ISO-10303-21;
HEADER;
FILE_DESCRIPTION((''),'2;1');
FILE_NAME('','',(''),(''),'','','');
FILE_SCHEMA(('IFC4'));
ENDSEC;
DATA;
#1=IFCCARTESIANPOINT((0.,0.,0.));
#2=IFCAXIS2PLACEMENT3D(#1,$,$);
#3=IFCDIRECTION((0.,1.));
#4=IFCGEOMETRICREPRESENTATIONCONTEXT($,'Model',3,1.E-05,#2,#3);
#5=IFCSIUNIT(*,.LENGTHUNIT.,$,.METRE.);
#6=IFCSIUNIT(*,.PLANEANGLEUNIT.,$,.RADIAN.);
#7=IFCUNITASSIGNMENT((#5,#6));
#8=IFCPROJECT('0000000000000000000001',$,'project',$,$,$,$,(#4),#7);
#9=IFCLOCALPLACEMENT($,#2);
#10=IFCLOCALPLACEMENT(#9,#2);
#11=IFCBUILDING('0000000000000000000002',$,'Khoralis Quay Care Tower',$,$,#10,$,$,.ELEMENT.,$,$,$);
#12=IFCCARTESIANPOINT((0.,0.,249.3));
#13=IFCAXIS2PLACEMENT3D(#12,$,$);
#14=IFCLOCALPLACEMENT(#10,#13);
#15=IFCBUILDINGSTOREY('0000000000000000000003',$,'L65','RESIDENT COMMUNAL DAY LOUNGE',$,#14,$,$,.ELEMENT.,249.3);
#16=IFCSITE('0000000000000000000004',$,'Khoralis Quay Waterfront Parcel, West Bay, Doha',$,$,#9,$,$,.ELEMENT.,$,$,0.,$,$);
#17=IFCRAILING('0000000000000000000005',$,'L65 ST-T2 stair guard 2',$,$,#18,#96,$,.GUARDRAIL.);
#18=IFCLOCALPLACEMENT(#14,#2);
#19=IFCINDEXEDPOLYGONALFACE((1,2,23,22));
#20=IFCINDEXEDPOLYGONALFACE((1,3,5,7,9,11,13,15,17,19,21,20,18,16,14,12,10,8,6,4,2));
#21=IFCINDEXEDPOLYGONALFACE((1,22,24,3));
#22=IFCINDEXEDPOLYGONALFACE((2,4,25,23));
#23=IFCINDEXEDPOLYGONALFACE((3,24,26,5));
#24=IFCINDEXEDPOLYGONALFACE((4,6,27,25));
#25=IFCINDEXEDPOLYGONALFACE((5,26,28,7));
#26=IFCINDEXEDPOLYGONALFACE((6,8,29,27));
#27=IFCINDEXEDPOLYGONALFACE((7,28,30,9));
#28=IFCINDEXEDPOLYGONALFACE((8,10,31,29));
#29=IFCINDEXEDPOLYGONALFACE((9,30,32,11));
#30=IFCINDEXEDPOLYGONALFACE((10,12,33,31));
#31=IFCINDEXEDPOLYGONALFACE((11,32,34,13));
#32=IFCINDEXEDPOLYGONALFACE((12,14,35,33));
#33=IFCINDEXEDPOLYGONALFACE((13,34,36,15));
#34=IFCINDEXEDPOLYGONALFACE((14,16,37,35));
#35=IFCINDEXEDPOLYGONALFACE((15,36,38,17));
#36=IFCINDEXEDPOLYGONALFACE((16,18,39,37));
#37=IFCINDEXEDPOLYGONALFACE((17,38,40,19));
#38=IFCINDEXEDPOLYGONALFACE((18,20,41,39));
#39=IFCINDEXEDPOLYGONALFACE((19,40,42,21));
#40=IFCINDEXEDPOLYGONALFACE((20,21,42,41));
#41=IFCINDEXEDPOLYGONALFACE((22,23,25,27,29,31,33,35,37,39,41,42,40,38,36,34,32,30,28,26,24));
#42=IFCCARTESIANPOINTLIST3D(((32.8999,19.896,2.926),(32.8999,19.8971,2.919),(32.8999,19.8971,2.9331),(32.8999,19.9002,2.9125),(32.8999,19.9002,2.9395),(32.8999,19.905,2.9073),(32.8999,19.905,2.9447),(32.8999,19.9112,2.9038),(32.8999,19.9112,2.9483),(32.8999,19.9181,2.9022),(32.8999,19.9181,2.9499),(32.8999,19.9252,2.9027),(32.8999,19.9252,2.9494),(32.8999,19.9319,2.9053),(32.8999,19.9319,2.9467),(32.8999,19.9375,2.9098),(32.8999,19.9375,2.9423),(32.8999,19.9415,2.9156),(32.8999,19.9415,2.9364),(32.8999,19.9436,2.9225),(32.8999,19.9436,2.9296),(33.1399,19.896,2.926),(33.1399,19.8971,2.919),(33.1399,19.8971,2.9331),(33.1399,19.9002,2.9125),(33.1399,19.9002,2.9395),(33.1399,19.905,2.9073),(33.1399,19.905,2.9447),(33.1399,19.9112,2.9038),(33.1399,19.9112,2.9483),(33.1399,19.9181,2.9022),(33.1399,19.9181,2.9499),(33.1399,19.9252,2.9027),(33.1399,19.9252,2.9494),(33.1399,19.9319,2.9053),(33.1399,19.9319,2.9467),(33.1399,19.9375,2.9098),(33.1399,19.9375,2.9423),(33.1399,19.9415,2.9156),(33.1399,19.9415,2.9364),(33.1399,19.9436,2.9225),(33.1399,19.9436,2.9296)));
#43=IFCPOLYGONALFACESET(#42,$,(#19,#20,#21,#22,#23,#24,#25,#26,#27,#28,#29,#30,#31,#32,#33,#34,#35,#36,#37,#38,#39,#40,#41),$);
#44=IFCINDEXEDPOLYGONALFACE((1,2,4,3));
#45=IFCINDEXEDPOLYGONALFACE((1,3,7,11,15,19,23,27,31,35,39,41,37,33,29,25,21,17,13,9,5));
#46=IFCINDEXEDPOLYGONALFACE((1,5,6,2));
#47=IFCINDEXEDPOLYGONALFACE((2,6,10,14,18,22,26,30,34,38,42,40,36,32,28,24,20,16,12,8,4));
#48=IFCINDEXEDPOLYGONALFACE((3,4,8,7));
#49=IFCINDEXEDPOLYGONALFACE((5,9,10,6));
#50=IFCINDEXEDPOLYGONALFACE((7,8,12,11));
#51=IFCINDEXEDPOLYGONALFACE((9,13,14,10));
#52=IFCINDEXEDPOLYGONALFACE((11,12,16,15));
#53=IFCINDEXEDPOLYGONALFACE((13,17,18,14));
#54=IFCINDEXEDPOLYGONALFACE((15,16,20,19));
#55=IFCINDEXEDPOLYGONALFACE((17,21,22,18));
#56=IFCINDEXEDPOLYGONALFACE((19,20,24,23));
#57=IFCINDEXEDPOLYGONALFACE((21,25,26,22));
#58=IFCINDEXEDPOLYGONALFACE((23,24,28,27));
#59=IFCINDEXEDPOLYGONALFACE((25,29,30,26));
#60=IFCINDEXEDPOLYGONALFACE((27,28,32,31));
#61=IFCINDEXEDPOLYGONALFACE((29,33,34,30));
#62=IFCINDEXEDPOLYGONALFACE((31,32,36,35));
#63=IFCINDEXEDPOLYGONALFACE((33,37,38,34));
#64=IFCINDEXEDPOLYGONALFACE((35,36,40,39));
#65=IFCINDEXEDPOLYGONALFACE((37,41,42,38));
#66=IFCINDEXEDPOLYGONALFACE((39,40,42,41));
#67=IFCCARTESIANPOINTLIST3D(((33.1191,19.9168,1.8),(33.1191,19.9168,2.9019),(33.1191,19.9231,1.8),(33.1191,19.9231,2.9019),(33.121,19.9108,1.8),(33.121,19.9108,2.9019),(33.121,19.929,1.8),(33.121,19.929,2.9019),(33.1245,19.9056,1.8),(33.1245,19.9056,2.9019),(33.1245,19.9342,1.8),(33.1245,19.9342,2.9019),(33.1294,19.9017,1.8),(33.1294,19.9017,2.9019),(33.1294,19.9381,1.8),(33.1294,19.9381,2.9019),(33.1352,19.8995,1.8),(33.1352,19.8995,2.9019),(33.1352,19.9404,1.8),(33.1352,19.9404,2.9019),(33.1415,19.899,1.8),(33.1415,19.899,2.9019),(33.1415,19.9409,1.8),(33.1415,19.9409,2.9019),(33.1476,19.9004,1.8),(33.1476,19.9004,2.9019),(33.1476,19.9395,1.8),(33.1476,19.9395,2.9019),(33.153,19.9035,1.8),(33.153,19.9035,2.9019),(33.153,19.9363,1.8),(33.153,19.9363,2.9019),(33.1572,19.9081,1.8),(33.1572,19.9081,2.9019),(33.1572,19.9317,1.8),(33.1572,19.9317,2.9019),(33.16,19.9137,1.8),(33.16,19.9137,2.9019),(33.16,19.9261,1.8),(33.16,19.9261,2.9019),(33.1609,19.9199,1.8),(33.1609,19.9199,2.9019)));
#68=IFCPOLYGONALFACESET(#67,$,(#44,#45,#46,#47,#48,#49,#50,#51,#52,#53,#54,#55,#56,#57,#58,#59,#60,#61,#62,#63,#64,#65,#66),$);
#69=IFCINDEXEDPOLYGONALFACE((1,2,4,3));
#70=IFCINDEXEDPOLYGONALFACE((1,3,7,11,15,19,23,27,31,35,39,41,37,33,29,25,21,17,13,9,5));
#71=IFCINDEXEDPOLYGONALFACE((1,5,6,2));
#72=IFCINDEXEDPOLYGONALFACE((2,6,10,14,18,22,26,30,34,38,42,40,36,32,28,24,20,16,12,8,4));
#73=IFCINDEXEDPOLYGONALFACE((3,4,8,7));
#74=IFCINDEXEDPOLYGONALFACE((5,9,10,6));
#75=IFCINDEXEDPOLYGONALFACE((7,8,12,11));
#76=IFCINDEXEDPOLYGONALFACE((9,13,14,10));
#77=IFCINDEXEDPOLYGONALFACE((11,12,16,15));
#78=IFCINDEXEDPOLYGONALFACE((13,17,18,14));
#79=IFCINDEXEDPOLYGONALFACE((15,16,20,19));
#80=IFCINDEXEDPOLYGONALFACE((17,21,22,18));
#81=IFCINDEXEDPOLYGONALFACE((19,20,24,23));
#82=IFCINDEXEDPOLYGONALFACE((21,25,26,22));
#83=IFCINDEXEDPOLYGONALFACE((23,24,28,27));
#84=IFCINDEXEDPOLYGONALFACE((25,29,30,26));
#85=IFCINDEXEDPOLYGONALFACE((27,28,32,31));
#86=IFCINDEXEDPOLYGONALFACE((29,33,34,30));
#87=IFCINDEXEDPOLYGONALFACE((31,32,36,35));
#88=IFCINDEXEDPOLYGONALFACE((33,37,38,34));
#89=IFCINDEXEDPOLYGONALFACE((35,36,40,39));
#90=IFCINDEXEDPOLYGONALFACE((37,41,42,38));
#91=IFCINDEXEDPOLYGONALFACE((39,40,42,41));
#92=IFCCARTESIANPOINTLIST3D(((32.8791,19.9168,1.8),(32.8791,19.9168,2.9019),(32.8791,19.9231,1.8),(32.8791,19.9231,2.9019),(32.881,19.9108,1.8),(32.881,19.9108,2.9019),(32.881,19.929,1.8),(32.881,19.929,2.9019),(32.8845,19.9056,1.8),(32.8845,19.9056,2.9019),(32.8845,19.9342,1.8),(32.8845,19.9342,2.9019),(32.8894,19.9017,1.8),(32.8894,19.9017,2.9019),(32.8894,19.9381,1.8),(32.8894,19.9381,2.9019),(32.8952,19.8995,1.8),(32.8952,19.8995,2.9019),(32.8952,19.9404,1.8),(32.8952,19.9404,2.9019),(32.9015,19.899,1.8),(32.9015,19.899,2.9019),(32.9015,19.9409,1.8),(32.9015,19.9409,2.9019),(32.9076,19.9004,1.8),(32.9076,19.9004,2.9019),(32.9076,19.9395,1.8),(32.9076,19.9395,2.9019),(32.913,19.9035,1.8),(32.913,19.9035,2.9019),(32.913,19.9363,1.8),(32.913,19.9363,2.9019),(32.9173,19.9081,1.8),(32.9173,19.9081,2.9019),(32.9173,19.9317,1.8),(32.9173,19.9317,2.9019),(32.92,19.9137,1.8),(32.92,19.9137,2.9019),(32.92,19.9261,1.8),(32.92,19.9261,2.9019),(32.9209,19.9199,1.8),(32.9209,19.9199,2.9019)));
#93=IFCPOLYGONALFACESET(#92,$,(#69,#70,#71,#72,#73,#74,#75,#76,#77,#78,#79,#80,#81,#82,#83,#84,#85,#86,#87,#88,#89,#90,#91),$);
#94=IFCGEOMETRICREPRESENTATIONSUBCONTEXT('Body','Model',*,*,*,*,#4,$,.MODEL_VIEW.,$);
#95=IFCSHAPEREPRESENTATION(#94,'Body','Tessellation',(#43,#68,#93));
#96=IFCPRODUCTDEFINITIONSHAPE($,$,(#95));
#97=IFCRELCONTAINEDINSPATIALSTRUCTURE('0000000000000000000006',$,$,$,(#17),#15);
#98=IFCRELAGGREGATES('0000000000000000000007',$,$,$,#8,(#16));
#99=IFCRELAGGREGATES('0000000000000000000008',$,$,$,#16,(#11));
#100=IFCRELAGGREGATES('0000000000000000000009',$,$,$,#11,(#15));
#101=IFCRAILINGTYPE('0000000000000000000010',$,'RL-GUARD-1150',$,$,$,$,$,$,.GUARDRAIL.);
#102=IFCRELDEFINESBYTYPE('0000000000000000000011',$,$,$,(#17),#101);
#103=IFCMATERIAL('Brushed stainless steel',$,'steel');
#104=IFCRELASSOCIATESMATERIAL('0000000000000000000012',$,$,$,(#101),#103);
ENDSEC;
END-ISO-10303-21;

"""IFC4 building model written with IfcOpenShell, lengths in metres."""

from ifc_helpers import new_model, si_unit, direction, frame, origin, origin_2d, place, context, subcontext, project, spatial, circle, extrude, material, type_object, element, save


model = new_model("IFC4")

# Units and contexts
model_context = context("Model", 3, precision=1e-05, world=origin(), true_north=direction((0.0, 1.0)))
body_context = subcontext(model_context, "Body", "Model", "MODEL_VIEW")
ifc_project = project(units=[si_unit("LENGTHUNIT", "METRE"), si_unit("PLANEANGLEUNIT", "RADIAN")], contexts=[model_context])

# Site, building, storey
site_placement = place(None, origin())
site = spatial("IfcSite", under=ifc_project, at=site_placement, Name="Khoralis Quay Waterfront Parcel, West Bay, Doha", CompositionType="ELEMENT", RefElevation=0.0)
building_placement = place(site_placement, origin())
building = spatial("IfcBuilding", under=site, at=building_placement, Name="Khoralis Quay Care Tower", CompositionType="ELEMENT")
storey_placement = place(building_placement, frame((0.0, 0.0, 249.3)))
storey = spatial("IfcBuildingStorey", under=building, at=storey_placement, Name="L65", Description="RESIDENT COMMUNAL DAY LOUNGE", CompositionType="ELEMENT", Elevation=249.3)

# Shared definitions
ifc_material_1 = material(Name="Brushed stainless steel", Category="steel")

# Railing
railing_type_1 = type_object("IfcRailingType", Name="RL-GUARD-1150", PredefinedType="GUARDRAIL", material=ifc_material_1)
railing_1_placement = place(storey_placement, frame((33.1399, 19.9199, 1.8)))
element("IfcRailing", 1, at=railing_1_placement, inside=storey, type_object=railing_type_1, Name="L65 ST-T2 stair guard 2", PredefinedType="GUARDRAIL", context=body_context, shape_type="SweptSolid", body=[
    extrude(circle(Radius=0.0239, at=origin_2d()), frame((0.0, 0.0, 1.126), z_axis=(-1.0, 0.0, 0.0), x_axis=(0.0, -1.0, 0.0)), (0.0, 0.0, 1.0), 0.24),
    extrude(circle(Radius=0.021, at=origin_2d()), origin(), (0.0, 0.0, 1.0), 1.1018),
    extrude(circle(Radius=0.021, at=origin_2d()), frame((-0.24, 0.0, 0.0)), (0.0, 0.0, 1.0), 1.1018),
])

save(model, "model.ifc")
